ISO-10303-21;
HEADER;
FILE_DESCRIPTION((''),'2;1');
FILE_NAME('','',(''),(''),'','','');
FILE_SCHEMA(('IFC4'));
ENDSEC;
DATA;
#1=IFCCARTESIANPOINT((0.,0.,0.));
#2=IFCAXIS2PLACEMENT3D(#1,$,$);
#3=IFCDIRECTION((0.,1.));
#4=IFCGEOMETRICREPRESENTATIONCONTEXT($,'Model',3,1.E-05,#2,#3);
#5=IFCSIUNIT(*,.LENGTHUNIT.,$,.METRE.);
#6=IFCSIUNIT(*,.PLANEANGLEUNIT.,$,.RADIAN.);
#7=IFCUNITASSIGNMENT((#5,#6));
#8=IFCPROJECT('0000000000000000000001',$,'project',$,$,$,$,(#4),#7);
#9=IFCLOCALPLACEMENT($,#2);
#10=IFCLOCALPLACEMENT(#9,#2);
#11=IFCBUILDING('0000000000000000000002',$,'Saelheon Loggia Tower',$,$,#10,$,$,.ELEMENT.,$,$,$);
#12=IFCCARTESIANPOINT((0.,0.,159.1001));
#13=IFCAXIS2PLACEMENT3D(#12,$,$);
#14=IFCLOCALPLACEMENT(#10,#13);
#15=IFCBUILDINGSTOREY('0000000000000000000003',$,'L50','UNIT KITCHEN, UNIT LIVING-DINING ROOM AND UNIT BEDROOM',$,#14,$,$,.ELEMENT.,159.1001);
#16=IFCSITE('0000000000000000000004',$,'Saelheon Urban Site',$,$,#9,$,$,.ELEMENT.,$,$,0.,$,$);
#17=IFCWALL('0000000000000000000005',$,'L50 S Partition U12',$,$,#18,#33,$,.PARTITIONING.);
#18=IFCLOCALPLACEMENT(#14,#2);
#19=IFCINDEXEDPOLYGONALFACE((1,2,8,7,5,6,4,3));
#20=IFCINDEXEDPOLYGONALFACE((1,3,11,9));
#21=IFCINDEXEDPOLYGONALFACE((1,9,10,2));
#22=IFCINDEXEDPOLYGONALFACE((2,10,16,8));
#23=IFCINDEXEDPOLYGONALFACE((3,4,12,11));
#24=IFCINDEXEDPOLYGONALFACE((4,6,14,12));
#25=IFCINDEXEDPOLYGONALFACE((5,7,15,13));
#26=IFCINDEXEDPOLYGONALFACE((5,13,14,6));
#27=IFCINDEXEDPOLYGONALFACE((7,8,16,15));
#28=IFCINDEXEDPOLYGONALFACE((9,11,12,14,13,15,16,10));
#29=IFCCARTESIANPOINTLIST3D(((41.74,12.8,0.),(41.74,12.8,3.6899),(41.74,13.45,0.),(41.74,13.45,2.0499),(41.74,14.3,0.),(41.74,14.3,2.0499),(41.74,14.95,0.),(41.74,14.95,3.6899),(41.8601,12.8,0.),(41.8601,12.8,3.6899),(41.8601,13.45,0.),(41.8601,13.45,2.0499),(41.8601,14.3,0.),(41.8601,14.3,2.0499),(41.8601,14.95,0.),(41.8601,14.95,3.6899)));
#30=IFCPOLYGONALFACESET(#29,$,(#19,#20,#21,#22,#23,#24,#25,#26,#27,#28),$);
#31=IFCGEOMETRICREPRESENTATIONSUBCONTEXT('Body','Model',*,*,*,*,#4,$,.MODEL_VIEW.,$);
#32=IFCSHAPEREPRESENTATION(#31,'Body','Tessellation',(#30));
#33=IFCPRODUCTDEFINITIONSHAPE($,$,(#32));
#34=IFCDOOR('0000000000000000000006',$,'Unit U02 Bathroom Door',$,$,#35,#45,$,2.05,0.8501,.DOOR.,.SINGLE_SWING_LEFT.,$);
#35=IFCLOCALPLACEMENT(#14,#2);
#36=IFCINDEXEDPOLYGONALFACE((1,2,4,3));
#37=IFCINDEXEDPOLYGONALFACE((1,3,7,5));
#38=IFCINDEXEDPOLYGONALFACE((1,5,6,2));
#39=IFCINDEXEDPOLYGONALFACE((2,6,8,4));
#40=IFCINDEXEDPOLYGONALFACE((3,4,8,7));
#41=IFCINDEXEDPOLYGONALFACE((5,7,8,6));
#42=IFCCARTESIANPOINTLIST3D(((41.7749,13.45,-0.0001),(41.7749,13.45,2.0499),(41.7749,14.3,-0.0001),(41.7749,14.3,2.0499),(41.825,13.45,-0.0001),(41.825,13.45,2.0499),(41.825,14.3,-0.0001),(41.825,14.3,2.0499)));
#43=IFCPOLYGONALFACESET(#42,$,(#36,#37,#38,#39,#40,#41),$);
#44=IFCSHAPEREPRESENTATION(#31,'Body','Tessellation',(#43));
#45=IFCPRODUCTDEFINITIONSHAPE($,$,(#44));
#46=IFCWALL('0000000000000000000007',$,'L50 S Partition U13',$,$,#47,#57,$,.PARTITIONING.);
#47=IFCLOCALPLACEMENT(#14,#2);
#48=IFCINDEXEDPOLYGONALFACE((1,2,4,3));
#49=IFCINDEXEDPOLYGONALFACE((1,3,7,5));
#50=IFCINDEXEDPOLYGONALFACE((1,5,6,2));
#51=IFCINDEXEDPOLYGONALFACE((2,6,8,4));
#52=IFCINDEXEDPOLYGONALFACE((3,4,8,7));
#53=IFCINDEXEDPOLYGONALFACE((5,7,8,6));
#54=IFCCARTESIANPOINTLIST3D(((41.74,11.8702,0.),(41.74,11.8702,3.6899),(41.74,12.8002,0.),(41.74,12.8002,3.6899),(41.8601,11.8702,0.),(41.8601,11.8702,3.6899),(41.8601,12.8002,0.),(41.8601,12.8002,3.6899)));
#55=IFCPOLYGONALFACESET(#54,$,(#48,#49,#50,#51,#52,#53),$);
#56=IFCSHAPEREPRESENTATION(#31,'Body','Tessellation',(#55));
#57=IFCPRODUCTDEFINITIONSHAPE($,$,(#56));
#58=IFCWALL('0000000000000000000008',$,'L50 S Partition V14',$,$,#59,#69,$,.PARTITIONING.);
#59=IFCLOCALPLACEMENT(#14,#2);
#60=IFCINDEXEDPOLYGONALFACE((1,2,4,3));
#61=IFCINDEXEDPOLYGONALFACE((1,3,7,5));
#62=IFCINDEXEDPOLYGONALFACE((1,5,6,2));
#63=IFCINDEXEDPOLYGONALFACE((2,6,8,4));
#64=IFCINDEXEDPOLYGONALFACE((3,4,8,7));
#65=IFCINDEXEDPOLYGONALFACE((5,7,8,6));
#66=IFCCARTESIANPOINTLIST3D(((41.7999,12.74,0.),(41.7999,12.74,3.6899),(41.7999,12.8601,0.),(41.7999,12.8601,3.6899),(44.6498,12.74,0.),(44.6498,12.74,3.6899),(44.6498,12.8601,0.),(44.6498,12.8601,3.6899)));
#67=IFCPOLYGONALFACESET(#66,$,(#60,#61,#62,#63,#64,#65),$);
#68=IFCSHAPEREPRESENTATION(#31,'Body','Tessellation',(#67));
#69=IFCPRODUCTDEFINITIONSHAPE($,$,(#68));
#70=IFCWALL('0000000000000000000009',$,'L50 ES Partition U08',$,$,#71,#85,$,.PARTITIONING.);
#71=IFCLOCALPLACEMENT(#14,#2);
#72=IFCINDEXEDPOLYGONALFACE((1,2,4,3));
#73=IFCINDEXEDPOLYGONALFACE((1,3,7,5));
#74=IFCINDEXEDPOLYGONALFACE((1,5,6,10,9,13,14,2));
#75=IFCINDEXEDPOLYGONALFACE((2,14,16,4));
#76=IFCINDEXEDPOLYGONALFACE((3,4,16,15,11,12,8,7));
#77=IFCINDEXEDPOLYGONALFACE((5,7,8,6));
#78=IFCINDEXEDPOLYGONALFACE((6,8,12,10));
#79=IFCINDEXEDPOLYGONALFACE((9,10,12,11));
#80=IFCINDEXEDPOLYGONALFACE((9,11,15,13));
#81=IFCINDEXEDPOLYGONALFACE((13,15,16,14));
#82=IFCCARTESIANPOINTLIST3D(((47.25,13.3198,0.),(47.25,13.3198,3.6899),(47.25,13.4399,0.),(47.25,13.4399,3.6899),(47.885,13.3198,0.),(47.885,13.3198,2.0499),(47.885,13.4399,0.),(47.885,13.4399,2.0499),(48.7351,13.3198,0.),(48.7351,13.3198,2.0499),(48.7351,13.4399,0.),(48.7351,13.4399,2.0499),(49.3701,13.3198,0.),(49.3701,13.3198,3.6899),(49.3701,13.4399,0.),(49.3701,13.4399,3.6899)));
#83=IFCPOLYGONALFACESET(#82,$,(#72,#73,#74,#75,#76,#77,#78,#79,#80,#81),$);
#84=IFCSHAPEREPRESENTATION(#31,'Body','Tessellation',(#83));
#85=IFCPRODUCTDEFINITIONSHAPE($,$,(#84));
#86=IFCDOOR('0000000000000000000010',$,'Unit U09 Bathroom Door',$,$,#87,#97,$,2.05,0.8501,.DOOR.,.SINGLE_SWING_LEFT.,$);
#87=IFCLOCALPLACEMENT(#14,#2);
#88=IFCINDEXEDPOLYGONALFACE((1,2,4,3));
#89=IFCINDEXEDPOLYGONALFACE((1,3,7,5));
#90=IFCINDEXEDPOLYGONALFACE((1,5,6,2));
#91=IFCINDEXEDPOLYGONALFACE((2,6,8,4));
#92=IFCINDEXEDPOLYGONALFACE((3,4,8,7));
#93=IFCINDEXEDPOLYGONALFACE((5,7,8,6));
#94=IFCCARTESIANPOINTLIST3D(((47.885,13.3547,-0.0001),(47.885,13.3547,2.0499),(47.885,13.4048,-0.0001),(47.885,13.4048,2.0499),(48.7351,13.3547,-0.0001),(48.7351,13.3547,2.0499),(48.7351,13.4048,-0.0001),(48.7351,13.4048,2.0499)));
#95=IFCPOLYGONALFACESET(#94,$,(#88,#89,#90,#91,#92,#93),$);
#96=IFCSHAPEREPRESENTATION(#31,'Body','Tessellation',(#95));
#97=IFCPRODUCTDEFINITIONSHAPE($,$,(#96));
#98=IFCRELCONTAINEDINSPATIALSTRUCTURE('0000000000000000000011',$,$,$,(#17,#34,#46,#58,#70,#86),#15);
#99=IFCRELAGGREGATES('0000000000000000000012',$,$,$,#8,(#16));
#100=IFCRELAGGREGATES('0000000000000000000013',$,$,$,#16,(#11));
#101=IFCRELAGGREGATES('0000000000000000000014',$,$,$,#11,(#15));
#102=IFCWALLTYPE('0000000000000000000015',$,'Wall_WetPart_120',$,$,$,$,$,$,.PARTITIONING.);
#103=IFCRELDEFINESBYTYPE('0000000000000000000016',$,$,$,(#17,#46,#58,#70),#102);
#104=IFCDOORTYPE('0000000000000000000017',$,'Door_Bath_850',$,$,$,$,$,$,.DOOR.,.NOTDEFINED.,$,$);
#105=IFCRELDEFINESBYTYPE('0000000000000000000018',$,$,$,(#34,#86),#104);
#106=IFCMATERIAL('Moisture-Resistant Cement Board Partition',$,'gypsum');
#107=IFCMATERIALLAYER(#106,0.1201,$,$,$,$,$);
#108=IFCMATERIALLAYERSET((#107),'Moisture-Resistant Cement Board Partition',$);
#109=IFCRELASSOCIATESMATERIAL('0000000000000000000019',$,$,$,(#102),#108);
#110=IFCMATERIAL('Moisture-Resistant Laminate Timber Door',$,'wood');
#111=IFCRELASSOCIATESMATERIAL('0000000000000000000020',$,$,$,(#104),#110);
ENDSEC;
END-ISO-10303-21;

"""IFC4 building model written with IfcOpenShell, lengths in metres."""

from ifc_helpers import new_model, si_unit, direction, frame, frame_2d, origin, place, context, subcontext, project, spatial, rectangle, extrude, source, transform, mapped, material, layer, layer_set, type_object, element, fill, save


model = new_model("IFC4")

# Units and contexts
model_context = context("Model", 3, precision=1e-05, world=origin(), true_north=direction((0.0, 1.0)))
body_context = subcontext(model_context, "Body", "Model", "MODEL_VIEW")
ifc_project = project(units=[si_unit("LENGTHUNIT", "METRE"), si_unit("PLANEANGLEUNIT", "RADIAN")], contexts=[model_context])

# Site, building, storey
site_placement = place(None, origin())
site = spatial("IfcSite", under=ifc_project, at=site_placement, Name="Saelheon Urban Site", CompositionType="ELEMENT", RefElevation=0.0)
building_placement = place(site_placement, origin())
building = spatial("IfcBuilding", under=site, at=building_placement, Name="Saelheon Loggia Tower", CompositionType="ELEMENT")
storey_placement = place(building_placement, frame((0.0, 0.0, 159.1001)))
storey = spatial("IfcBuildingStorey", under=building, at=storey_placement, Name="L50", Description="UNIT KITCHEN, UNIT LIVING-DINING ROOM AND UNIT BEDROOM", CompositionType="ELEMENT", Elevation=159.1001)

# Wall, opening, door
ifc_material_1 = material(Name="Moisture-Resistant Cement Board Partition", Category="gypsum")
ifc_layer_1 = layer(ifc_material_1, 0.1201)
ifc_layer_set_1 = layer_set([ifc_layer_1], Name="Moisture-Resistant Cement Board Partition")
wall_type_1 = type_object("IfcWallType", Name="Wall_WetPart_120", PredefinedType="PARTITIONING", material=ifc_layer_set_1)
wall_1_placement = place(storey_placement, frame((41.8, 14.95, 0.0), z_axis=(0.0, 0.0, 1.0), x_axis=(0.0, -1.0, 0.0)))
wall_1 = element("IfcWall", 1, at=wall_1_placement, inside=storey, type_object=wall_type_1, Name="L50 S Partition U12", PredefinedType="PARTITIONING", context=body_context, shape_type="SweptSolid", body=[
    extrude(rectangle(XDim=2.1499, YDim=0.1201, at=frame_2d((1.075, 0.0))), origin(), (0.0, 0.0, 1.0), 3.6899),
])
opening_1_placement = place(wall_1_placement, frame((0.6499, 0.0, 0.0)))
opening_1 = element("IfcOpeningElement", 2, at=opening_1_placement, cuts=wall_1, PredefinedType="OPENING", context=body_context, shape_type="SweptSolid", body=[
    extrude(rectangle(XDim=0.8501, YDim=2.05, at=frame_2d((0.425, 1.0249))), frame((0.0, 0.072, 0.0), z_axis=(0.0, -1.0, 0.0), x_axis=(1.0, 0.0, 0.0)), (0.0, 0.0, 1.0), 0.144),
])
ifc_material_2 = material(Name="Moisture-Resistant Laminate Timber Door", Category="wood")
door_type_1 = type_object("IfcDoorType", Name="Door_Bath_850", OperationType="NOTDEFINED", PredefinedType="DOOR", material=ifc_material_2)
shared_shape_1 = source(origin(), body_context, "Body", "SweptSolid", [
    extrude(rectangle(XDim=0.8501, YDim=2.05, at=frame_2d((0.425, 1.0249))), frame((0.0, 0.0249, 0.0), z_axis=(0.0, -1.0, 0.0), x_axis=(1.0, 0.0, 0.0)), (0.0, 0.0, 1.0), 0.05),
])
door_1_placement = place(opening_1_placement, origin())
door_1 = element("IfcDoor", 3, at=door_1_placement, inside=storey, type_object=door_type_1, Name="Unit U02 Bathroom Door", OperationType="SINGLE_SWING_LEFT", OverallHeight=2.05, OverallWidth=0.8501, PredefinedType="DOOR", context=body_context, shape_type="MappedRepresentation", body=[
    mapped(shared_shape_1, transform((0.0, 0.0, 0.0), scale=1.0)),
])
fill(opening_1, door_1)

# Walls
wall_2_placement = place(storey_placement, frame((41.8, 12.8, 0.0), z_axis=(0.0, 0.0, 1.0), x_axis=(0.0, -1.0, 0.0)))
element("IfcWall", 4, at=wall_2_placement, inside=storey, type_object=wall_type_1, Name="L50 S Partition U13", PredefinedType="PARTITIONING", context=body_context, shape_type="SweptSolid", body=[
    extrude(rectangle(XDim=0.9299, YDim=0.1201, at=frame_2d((0.4648, 0.0))), origin(), (0.0, 0.0, 1.0), 3.6899),
])
wall_3_placement = place(storey_placement, frame((41.8, 12.8, 0.0), z_axis=(0.0, 0.0, 1.0), x_axis=(1.0, 0.0, 0.0)))
element("IfcWall", 5, at=wall_3_placement, inside=storey, type_object=wall_type_1, Name="L50 S Partition V14", PredefinedType="PARTITIONING", context=body_context, shape_type="SweptSolid", body=[
    extrude(rectangle(XDim=2.8499, YDim=0.1201, at=frame_2d((1.4248, 0.0))), origin(), (0.0, 0.0, 1.0), 3.6899),
])

# Wall, opening, door
wall_4_placement = place(storey_placement, frame((47.25, 13.3799, 0.0), z_axis=(0.0, 0.0, 1.0), x_axis=(1.0, 0.0, 0.0)))
wall_4 = element("IfcWall", 6, at=wall_4_placement, inside=storey, type_object=wall_type_1, Name="L50 ES Partition U08", PredefinedType="PARTITIONING", context=body_context, shape_type="SweptSolid", body=[
    extrude(rectangle(XDim=2.1201, YDim=0.1201, at=frame_2d((1.0601, 0.0))), origin(), (0.0, 0.0, 1.0), 3.6899),
])
opening_2_placement = place(wall_4_placement, frame((0.635, 0.0, 0.0)))
opening_2 = element("IfcOpeningElement", 7, at=opening_2_placement, cuts=wall_4, PredefinedType="OPENING", context=body_context, shape_type="SweptSolid", body=[
    extrude(rectangle(XDim=0.8501, YDim=2.05, at=frame_2d((0.425, 1.0249))), frame((0.0, 0.072, 0.0), z_axis=(0.0, -1.0, 0.0), x_axis=(1.0, 0.0, 0.0)), (0.0, 0.0, 1.0), 0.144),
])
door_2_placement = place(opening_2_placement, origin())
door_2 = element("IfcDoor", 8, at=door_2_placement, inside=storey, type_object=door_type_1, Name="Unit U09 Bathroom Door", OperationType="SINGLE_SWING_LEFT", OverallHeight=2.05, OverallWidth=0.8501, PredefinedType="DOOR", context=body_context, shape_type="MappedRepresentation", body=[
    mapped(shared_shape_1, transform((0.0, 0.0, 0.0), scale=1.0)),
])
fill(opening_2, door_2)

save(model, "model.ifc")
